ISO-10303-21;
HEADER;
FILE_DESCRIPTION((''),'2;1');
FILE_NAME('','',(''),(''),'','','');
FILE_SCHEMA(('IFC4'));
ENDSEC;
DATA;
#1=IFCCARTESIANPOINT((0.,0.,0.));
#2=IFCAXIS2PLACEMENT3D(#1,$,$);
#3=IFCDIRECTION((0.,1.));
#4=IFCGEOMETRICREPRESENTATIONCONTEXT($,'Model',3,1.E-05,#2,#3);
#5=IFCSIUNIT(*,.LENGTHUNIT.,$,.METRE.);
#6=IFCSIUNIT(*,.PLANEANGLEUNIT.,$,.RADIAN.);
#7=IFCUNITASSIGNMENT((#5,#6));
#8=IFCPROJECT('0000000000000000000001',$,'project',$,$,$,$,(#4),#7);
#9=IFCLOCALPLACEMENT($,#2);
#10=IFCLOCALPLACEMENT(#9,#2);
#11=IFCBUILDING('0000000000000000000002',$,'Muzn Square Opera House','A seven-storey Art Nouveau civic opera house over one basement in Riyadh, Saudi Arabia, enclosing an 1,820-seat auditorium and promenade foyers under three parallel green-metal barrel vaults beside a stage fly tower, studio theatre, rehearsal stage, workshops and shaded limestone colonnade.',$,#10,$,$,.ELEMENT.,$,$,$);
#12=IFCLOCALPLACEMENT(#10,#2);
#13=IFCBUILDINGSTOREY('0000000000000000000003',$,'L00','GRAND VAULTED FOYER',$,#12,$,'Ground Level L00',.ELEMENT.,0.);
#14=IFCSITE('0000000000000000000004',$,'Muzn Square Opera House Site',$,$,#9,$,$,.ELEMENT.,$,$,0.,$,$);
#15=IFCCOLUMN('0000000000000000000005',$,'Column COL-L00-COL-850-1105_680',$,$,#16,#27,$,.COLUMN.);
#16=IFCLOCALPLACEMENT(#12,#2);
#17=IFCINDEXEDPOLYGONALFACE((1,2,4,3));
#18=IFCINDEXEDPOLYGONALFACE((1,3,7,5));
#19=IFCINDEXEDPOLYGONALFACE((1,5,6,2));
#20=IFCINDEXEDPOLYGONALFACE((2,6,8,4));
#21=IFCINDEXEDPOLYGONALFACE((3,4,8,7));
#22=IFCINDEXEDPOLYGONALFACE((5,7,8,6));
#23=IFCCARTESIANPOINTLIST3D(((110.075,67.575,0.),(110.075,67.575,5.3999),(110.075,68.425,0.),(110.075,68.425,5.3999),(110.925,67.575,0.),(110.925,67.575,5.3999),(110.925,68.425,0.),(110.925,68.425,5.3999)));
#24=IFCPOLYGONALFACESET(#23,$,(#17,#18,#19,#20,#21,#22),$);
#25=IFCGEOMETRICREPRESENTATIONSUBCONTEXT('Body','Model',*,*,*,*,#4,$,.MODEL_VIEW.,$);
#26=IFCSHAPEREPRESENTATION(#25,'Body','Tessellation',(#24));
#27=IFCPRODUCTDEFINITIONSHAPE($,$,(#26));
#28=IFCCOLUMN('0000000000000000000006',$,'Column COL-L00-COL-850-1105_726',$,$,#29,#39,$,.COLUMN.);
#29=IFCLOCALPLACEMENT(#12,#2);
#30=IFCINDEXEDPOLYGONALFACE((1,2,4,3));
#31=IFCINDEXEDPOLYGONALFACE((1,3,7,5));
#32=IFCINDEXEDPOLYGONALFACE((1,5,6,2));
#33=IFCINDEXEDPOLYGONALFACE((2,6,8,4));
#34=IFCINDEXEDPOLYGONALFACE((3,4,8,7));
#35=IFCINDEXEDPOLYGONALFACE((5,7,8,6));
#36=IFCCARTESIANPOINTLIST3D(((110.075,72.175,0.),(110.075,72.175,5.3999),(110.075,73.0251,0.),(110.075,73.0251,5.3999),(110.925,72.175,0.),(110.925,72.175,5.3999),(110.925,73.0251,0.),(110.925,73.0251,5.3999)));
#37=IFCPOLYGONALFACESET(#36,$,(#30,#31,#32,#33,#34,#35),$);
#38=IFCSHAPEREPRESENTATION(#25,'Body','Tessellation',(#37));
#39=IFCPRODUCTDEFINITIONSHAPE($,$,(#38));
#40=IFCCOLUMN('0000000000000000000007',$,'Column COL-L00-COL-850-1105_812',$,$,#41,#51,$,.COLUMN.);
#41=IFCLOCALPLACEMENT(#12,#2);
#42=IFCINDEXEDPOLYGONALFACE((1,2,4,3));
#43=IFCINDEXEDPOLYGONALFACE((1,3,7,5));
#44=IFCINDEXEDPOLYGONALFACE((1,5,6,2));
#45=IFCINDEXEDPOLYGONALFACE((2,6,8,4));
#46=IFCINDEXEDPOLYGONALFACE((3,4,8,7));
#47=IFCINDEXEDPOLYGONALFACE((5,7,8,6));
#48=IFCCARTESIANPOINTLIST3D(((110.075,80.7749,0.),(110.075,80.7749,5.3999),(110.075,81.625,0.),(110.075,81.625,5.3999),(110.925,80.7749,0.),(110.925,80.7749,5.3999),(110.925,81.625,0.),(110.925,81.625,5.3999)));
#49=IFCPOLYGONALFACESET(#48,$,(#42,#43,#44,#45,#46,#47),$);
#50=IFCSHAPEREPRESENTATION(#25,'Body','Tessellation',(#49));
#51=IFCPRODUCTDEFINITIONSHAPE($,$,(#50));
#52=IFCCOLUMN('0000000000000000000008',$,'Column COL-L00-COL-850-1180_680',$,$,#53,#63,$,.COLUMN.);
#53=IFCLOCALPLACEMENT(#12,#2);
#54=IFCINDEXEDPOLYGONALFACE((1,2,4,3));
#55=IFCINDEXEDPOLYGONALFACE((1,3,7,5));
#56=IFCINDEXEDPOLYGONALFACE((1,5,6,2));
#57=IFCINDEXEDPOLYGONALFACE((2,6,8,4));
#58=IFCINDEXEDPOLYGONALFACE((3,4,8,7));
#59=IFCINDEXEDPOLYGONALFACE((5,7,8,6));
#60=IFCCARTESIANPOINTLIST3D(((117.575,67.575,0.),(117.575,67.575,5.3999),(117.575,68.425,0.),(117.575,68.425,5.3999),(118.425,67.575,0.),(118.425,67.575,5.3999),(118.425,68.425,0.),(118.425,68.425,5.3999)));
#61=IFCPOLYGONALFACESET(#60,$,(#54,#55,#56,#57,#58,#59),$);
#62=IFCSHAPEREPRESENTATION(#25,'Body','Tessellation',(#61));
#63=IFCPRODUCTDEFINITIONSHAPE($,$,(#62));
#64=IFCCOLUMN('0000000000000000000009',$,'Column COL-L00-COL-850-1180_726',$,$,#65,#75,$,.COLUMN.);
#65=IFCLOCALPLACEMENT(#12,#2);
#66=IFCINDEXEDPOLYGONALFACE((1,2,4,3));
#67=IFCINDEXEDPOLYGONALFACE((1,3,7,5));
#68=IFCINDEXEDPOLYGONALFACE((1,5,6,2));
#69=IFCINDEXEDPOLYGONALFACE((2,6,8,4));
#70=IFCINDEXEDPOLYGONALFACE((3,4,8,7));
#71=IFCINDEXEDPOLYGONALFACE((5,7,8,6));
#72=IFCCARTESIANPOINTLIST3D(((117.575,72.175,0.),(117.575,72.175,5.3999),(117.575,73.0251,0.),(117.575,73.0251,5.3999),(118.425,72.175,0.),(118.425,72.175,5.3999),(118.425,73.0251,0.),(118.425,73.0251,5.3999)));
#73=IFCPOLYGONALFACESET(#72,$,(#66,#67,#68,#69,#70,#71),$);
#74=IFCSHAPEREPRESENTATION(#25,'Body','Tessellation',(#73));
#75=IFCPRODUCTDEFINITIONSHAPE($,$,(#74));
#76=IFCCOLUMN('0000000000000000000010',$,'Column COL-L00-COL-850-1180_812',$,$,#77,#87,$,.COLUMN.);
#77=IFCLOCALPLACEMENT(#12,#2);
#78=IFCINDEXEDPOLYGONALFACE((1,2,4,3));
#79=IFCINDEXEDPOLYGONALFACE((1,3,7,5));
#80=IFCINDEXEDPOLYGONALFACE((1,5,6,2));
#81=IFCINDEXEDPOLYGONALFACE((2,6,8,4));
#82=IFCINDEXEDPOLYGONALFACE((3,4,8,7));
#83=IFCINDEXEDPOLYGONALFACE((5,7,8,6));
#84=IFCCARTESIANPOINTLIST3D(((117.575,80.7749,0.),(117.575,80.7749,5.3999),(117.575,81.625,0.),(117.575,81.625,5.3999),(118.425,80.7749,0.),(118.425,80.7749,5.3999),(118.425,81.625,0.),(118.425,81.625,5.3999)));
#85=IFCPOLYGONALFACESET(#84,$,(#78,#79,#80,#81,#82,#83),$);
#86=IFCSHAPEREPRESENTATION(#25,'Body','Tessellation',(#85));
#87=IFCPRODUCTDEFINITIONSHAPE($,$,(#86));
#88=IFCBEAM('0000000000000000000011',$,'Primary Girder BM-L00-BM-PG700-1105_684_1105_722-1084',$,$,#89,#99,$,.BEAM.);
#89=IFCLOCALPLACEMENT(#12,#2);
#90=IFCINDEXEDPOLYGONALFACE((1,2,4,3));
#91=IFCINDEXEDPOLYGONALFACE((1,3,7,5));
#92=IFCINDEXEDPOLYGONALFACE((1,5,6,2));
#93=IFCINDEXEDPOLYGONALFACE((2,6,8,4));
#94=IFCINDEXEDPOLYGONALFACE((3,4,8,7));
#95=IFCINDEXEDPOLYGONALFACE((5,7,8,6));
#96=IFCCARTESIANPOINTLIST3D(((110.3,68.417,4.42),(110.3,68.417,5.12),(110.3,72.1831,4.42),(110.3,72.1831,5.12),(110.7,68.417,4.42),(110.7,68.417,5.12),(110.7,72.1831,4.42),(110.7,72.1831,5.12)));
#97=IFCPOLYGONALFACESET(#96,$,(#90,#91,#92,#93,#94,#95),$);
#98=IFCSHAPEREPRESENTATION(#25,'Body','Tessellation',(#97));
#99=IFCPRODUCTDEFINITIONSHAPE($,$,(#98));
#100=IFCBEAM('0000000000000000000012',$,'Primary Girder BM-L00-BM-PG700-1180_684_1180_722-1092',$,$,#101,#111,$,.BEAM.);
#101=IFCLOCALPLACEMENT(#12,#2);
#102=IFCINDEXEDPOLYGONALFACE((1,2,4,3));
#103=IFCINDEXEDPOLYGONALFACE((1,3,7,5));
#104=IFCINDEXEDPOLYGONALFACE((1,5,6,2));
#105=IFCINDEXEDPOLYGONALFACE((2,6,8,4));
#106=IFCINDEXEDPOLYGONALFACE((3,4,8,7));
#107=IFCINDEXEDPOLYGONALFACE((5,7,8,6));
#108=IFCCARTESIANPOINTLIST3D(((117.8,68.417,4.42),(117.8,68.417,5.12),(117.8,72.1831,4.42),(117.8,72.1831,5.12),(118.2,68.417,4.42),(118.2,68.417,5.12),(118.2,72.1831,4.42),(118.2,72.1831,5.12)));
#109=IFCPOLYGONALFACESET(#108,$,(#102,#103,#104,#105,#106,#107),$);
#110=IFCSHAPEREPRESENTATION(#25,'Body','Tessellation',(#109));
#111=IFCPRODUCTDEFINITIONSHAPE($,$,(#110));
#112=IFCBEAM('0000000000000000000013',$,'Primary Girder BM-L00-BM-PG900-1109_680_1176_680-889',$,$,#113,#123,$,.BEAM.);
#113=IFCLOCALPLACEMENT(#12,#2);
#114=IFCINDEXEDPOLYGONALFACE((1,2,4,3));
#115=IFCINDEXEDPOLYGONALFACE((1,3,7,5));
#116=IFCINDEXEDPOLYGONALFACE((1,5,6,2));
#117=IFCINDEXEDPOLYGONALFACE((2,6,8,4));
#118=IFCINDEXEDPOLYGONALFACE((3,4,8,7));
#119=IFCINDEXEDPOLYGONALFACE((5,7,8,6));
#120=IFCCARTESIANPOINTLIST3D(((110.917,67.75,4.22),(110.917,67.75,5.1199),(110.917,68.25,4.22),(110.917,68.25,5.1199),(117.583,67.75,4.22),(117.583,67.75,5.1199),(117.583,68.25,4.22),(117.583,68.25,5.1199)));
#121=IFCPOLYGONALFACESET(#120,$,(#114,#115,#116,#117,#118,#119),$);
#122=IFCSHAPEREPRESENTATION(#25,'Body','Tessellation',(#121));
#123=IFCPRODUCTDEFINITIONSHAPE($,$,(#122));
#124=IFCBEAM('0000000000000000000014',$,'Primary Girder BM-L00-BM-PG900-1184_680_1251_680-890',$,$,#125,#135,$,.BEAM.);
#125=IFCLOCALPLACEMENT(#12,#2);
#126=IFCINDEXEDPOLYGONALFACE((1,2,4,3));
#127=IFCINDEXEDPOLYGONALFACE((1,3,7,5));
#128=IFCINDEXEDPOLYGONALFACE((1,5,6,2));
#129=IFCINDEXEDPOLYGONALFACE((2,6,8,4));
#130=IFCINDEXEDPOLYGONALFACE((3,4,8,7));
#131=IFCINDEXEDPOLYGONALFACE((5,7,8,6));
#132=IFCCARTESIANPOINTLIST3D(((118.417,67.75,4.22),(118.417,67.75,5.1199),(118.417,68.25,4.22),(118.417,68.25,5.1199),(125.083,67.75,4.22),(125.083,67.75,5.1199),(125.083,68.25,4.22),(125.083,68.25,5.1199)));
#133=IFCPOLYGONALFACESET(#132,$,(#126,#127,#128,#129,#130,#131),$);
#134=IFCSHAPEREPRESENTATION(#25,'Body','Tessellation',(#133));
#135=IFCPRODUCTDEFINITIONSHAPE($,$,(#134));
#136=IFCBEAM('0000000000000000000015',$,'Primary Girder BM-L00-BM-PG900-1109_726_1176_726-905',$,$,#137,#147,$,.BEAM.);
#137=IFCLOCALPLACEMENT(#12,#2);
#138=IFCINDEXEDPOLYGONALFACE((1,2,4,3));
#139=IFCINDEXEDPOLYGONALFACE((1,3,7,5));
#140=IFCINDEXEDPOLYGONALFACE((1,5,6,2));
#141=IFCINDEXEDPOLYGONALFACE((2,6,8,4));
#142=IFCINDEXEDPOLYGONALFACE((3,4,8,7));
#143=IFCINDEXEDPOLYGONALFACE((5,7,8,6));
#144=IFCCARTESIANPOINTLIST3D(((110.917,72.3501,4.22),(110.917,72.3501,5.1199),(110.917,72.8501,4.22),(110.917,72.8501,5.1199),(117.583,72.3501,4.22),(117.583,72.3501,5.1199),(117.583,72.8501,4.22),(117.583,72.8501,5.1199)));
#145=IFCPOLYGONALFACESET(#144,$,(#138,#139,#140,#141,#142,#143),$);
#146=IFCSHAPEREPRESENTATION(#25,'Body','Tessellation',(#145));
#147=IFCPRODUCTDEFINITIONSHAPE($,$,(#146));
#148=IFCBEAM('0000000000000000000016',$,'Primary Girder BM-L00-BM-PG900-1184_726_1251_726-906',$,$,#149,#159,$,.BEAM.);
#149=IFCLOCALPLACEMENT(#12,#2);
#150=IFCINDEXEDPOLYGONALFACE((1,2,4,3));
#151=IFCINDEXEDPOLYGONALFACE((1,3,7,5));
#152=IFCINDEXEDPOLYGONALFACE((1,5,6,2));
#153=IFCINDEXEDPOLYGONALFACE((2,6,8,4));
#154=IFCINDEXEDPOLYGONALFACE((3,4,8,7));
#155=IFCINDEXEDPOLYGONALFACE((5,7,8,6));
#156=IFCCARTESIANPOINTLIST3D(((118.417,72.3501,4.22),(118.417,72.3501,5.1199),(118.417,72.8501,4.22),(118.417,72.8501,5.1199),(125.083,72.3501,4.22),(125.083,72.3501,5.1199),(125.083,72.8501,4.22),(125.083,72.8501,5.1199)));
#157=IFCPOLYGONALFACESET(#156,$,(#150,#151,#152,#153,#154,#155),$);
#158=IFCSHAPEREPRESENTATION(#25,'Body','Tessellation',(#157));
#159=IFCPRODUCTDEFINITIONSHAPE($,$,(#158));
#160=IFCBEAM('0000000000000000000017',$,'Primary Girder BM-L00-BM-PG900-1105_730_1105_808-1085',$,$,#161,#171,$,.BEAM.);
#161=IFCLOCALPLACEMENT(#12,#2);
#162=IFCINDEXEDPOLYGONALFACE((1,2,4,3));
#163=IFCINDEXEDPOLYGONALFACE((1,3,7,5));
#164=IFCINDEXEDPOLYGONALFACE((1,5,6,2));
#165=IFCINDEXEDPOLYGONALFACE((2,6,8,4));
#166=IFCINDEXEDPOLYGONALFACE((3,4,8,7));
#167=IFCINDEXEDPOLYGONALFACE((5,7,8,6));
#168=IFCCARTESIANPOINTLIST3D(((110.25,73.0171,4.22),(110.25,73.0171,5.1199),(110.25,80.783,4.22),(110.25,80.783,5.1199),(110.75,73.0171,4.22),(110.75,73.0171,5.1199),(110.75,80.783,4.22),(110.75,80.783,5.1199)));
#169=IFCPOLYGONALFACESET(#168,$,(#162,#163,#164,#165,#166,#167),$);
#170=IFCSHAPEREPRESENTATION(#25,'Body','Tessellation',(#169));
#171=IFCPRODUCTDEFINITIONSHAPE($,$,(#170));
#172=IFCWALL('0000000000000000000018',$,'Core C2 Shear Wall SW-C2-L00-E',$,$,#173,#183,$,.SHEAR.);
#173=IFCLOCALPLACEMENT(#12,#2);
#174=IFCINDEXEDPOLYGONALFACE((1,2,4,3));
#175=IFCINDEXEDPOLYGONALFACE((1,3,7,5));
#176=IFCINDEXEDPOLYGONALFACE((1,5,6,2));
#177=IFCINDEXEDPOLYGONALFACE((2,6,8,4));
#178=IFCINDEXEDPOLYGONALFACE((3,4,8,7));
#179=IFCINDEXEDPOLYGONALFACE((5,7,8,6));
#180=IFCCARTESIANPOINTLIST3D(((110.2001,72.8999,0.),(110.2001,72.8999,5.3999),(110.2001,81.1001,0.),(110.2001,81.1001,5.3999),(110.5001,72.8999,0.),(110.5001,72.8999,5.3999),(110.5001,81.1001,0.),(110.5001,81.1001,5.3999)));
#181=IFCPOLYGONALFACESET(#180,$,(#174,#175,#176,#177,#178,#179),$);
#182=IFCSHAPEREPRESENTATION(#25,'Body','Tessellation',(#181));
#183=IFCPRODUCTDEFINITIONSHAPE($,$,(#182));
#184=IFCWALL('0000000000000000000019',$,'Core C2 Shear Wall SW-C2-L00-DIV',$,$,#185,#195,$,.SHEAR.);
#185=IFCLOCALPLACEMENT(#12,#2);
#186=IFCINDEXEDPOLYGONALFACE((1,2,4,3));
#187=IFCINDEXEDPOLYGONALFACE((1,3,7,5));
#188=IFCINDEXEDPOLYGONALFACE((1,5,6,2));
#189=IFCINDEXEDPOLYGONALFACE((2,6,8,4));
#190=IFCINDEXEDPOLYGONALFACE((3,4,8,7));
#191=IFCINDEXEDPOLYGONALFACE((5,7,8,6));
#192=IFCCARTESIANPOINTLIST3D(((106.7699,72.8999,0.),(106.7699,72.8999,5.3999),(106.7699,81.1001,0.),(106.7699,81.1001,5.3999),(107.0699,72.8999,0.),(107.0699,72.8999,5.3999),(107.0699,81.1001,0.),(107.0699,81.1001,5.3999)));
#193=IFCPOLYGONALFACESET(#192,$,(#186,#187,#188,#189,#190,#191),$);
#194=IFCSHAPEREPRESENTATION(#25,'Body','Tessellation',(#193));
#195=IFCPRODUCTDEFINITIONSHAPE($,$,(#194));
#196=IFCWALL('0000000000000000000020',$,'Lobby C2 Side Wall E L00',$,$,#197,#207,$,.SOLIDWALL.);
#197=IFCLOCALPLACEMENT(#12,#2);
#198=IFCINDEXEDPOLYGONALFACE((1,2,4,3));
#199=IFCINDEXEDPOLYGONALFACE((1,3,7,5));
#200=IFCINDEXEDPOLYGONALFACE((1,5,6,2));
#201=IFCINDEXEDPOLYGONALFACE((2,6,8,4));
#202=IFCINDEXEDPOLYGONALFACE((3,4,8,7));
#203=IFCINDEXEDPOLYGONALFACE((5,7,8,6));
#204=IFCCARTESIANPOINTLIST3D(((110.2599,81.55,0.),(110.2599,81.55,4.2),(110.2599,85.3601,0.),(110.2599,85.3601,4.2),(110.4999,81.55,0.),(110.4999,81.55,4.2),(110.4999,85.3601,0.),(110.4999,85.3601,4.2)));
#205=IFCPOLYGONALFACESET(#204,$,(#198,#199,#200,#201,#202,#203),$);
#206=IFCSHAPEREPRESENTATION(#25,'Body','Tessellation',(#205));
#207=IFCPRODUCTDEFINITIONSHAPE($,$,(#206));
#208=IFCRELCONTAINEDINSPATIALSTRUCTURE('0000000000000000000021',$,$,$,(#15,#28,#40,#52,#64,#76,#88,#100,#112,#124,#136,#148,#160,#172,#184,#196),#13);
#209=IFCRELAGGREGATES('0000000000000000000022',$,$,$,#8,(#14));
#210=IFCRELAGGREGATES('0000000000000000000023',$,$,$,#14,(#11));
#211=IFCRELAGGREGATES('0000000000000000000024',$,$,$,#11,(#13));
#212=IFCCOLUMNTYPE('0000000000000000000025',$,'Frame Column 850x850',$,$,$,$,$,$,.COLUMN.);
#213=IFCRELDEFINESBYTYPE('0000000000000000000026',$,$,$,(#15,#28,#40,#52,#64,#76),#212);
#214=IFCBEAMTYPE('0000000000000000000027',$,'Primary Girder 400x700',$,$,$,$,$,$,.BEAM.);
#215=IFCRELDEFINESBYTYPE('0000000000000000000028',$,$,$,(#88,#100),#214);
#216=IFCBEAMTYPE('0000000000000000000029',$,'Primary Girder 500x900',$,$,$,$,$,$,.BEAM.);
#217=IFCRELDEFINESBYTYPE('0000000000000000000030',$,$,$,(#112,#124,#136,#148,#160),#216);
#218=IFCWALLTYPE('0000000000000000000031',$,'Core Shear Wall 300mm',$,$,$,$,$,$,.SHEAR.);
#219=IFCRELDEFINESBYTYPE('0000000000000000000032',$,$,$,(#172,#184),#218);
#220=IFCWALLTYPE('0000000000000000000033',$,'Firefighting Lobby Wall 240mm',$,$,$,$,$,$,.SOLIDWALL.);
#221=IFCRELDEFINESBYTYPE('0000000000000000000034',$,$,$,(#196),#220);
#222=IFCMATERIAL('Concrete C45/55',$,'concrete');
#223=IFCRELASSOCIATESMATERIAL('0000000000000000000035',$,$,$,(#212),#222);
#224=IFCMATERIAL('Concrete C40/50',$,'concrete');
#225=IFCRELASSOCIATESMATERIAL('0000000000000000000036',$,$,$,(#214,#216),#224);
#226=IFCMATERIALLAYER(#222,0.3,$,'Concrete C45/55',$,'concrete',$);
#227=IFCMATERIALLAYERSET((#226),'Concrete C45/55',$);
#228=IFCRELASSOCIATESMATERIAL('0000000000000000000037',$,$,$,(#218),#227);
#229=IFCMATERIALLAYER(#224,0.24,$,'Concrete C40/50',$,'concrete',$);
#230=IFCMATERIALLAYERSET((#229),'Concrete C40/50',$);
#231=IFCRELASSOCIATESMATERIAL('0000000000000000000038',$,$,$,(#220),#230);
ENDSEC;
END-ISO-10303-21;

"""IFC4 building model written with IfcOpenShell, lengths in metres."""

from ifc_helpers import new_model, si_unit, direction, frame, frame_2d, origin, origin_2d, place, context, subcontext, project, spatial, rectangle, extrude, material, layer, layer_set, material_profile, profile_set, type_object, element, save


model = new_model("IFC4")

# Units and contexts
model_context = context("Model", 3, precision=1e-05, world=origin(), true_north=direction((0.0, 1.0)))
body_context = subcontext(model_context, "Body", "Model", "MODEL_VIEW")
ifc_project = project(units=[si_unit("LENGTHUNIT", "METRE"), si_unit("PLANEANGLEUNIT", "RADIAN")], contexts=[model_context])

# Site, building, storey
site_placement = place(None, origin())
site = spatial("IfcSite", under=ifc_project, at=site_placement, Name="Muzn Square Opera House Site", CompositionType="ELEMENT", RefElevation=0.0)
building_placement = place(site_placement, origin())
building = spatial("IfcBuilding", under=site, at=building_placement, Name="Muzn Square Opera House", Description="A seven-storey Art Nouveau civic opera house over one basement in Riyadh, Saudi Arabia, enclosing an 1,820-seat auditorium and promenade foyers under three parallel green-metal barrel vaults beside a stage fly tower, studio theatre, rehearsal stage, workshops and shaded limestone colonnade.", CompositionType="ELEMENT")
storey_placement = place(building_placement, origin())
storey = spatial("IfcBuildingStorey", under=building, at=storey_placement, Name="L00", Description="GRAND VAULTED FOYER", LongName="Ground Level L00", CompositionType="ELEMENT", Elevation=0.0)

# Columns
ifc_material_1 = material(Name="Concrete C45/55", Category="concrete")
ifc_material_profile_1 = material_profile(ifc_material_1, rectangle(XDim=0.8501, YDim=0.8501, at=origin_2d()), Name="RC 850x850", Category="concrete")
ifc_profile_set_1 = profile_set([ifc_material_profile_1], Name="Concrete C45/55")
column_type = type_object("IfcColumnType", Name="Frame Column 850x850", PredefinedType="COLUMN", material=ifc_profile_set_1)
for number, where, z_axis, x_axis, name in (
    (1, (110.5, 68.0, 0.0), (0.0, 0.0, 1.0), (1.0, 0.0, 0.0), "Column COL-L00-COL-850-1105_680"),
    (2, (110.5, 72.6001, 0.0), (0.0, 0.0, 1.0), (1.0, 0.0, 0.0), "Column COL-L00-COL-850-1105_726"),
    (3, (110.5, 81.2, 0.0), (0.0, 0.0, 1.0), (1.0, 0.0, 0.0), "Column COL-L00-COL-850-1105_812"),
    (4, (118.0, 68.0, 0.0), (0.0, 0.0, 1.0), (1.0, 0.0, 0.0), "Column COL-L00-COL-850-1180_680"),
    (5, (118.0, 72.6001, 0.0), (0.0, 0.0, 1.0), (1.0, 0.0, 0.0), "Column COL-L00-COL-850-1180_726"),
    (6, (118.0, 81.2, 0.0), (0.0, 0.0, 1.0), (1.0, 0.0, 0.0), "Column COL-L00-COL-850-1180_812"),
):
    element("IfcColumn", number, at=place(storey_placement, frame(where, z_axis=z_axis, x_axis=x_axis)), inside=storey, type_object=column_type, Name=name, PredefinedType="COLUMN", context=body_context, shape_type="SweptSolid", body=[
        extrude(rectangle(XDim=0.8501, YDim=0.8501, at=origin_2d()), origin(), (0.0, 0.0, 1.0), 5.3999),
    ])

# Beams
ifc_material_2 = material(Name="Concrete C40/50", Category="concrete")
ifc_material_profile_2 = material_profile(ifc_material_2, rectangle(XDim=0.3999, YDim=0.7, at=origin_2d()), Name="RCB 400x700", Category="concrete")
ifc_profile_set_2 = profile_set([ifc_material_profile_2], Name="Concrete C40/50")
beam_type_1 = type_object("IfcBeamType", Name="Primary Girder 400x700", PredefinedType="BEAM", material=ifc_profile_set_2)
for number, where, z_axis, x_axis, name in (
    (7, (110.5, 68.417, 4.77), (0.0, 1.0, 0.0), (-1.0, 0.0, 0.0), "Primary Girder BM-L00-BM-PG700-1105_684_1105_722-1084"),
    (8, (118.0, 68.417, 4.77), (0.0, 1.0, 0.0), (-1.0, 0.0, 0.0), "Primary Girder BM-L00-BM-PG700-1180_684_1180_722-1092"),
):
    element("IfcBeam", number, at=place(storey_placement, frame(where, z_axis=z_axis, x_axis=x_axis)), inside=storey, type_object=beam_type_1, Name=name, PredefinedType="BEAM", context=body_context, shape_type="SweptSolid", body=[
        extrude(rectangle(XDim=0.3999, YDim=0.7, at=origin_2d()), origin(), (0.0, 0.0, 1.0), 3.7661),
    ])
ifc_material_profile_3 = material_profile(ifc_material_2, rectangle(XDim=0.5, YDim=0.8999, at=origin_2d()), Name="RCB 500x900", Category="concrete")
ifc_profile_set_3 = profile_set([ifc_material_profile_3], Name="Concrete C40/50")
beam_type_2 = type_object("IfcBeamType", Name="Primary Girder 500x900", PredefinedType="BEAM", material=ifc_profile_set_3)
for number, where, z_axis, x_axis, name in (
    (9, (110.917, 68.0, 4.6699), (1.0, 0.0, 0.0), (0.0, 1.0, 0.0), "Primary Girder BM-L00-BM-PG900-1109_680_1176_680-889"),
    (10, (118.417, 68.0, 4.6699), (1.0, 0.0, 0.0), (0.0, 1.0, 0.0), "Primary Girder BM-L00-BM-PG900-1184_680_1251_680-890"),
    (11, (110.917, 72.6001, 4.6699), (1.0, 0.0, 0.0), (0.0, 1.0, 0.0), "Primary Girder BM-L00-BM-PG900-1109_726_1176_726-905"),
    (12, (118.417, 72.6001, 4.6699), (1.0, 0.0, 0.0), (0.0, 1.0, 0.0), "Primary Girder BM-L00-BM-PG900-1184_726_1251_726-906"),
):
    element("IfcBeam", number, at=place(storey_placement, frame(where, z_axis=z_axis, x_axis=x_axis)), inside=storey, type_object=beam_type_2, Name=name, PredefinedType="BEAM", context=body_context, shape_type="SweptSolid", body=[
        extrude(rectangle(XDim=0.5, YDim=0.8999, at=origin_2d()), origin(), (0.0, 0.0, 1.0), 6.666),
    ])
beam_placement = place(storey_placement, frame((110.5, 73.0171, 4.6699), z_axis=(0.0, 1.0, 0.0), x_axis=(-1.0, 0.0, 0.0)))
element("IfcBeam", 13, at=beam_placement, inside=storey, type_object=beam_type_2, Name="Primary Girder BM-L00-BM-PG900-1105_730_1105_808-1085", PredefinedType="BEAM", context=body_context, shape_type="SweptSolid", body=[
    extrude(rectangle(XDim=0.5, YDim=0.8999, at=origin_2d()), origin(), (0.0, 0.0, 1.0), 7.7659),
])

# Walls
ifc_layer_1 = layer(ifc_material_1, 0.3, Name="Concrete C45/55", Category="concrete")
ifc_layer_set_1 = layer_set([ifc_layer_1], Name="Concrete C45/55")
wall_type_1 = type_object("IfcWallType", Name="Core Shear Wall 300mm", PredefinedType="SHEAR", material=ifc_layer_set_1)
for number, where, z_axis, x_axis, name in (
    (14, (110.3501, 72.8999, 0.0), (0.0, 0.0, 1.0), (0.0, 1.0, 0.0), "Core C2 Shear Wall SW-C2-L00-E"),
    (15, (106.9199, 72.8999, 0.0), (0.0, 0.0, 1.0), (0.0, 1.0, 0.0), "Core C2 Shear Wall SW-C2-L00-DIV"),
):
    element("IfcWall", number, at=place(storey_placement, frame(where, z_axis=z_axis, x_axis=x_axis)), inside=storey, type_object=wall_type_1, Name=name, PredefinedType="SHEAR", context=body_context, shape_type="SweptSolid", body=[
        extrude(rectangle(XDim=8.2002, YDim=0.3, at=frame_2d((4.1001, 0.0))), origin(), (0.0, 0.0, 1.0), 5.3999),
    ])
ifc_layer_2 = layer(ifc_material_2, 0.24, Name="Concrete C40/50", Category="concrete")
ifc_layer_set_2 = layer_set([ifc_layer_2], Name="Concrete C40/50")
wall_type_2 = type_object("IfcWallType", Name="Firefighting Lobby Wall 240mm", PredefinedType="SOLIDWALL", material=ifc_layer_set_2)
wall_placement = place(storey_placement, frame((110.3799, 81.55, 0.0), z_axis=(0.0, 0.0, 1.0), x_axis=(0.0, 1.0, 0.0)))
element("IfcWall", 16, at=wall_placement, inside=storey, type_object=wall_type_2, Name="Lobby C2 Side Wall E L00", PredefinedType="SOLIDWALL", context=body_context, shape_type="SweptSolid", body=[
    extrude(rectangle(XDim=3.8101, YDim=0.24, at=frame_2d((1.905, 0.0))), origin(), (0.0, 0.0, 1.0), 4.2),
])

save(model, "model.ifc")
